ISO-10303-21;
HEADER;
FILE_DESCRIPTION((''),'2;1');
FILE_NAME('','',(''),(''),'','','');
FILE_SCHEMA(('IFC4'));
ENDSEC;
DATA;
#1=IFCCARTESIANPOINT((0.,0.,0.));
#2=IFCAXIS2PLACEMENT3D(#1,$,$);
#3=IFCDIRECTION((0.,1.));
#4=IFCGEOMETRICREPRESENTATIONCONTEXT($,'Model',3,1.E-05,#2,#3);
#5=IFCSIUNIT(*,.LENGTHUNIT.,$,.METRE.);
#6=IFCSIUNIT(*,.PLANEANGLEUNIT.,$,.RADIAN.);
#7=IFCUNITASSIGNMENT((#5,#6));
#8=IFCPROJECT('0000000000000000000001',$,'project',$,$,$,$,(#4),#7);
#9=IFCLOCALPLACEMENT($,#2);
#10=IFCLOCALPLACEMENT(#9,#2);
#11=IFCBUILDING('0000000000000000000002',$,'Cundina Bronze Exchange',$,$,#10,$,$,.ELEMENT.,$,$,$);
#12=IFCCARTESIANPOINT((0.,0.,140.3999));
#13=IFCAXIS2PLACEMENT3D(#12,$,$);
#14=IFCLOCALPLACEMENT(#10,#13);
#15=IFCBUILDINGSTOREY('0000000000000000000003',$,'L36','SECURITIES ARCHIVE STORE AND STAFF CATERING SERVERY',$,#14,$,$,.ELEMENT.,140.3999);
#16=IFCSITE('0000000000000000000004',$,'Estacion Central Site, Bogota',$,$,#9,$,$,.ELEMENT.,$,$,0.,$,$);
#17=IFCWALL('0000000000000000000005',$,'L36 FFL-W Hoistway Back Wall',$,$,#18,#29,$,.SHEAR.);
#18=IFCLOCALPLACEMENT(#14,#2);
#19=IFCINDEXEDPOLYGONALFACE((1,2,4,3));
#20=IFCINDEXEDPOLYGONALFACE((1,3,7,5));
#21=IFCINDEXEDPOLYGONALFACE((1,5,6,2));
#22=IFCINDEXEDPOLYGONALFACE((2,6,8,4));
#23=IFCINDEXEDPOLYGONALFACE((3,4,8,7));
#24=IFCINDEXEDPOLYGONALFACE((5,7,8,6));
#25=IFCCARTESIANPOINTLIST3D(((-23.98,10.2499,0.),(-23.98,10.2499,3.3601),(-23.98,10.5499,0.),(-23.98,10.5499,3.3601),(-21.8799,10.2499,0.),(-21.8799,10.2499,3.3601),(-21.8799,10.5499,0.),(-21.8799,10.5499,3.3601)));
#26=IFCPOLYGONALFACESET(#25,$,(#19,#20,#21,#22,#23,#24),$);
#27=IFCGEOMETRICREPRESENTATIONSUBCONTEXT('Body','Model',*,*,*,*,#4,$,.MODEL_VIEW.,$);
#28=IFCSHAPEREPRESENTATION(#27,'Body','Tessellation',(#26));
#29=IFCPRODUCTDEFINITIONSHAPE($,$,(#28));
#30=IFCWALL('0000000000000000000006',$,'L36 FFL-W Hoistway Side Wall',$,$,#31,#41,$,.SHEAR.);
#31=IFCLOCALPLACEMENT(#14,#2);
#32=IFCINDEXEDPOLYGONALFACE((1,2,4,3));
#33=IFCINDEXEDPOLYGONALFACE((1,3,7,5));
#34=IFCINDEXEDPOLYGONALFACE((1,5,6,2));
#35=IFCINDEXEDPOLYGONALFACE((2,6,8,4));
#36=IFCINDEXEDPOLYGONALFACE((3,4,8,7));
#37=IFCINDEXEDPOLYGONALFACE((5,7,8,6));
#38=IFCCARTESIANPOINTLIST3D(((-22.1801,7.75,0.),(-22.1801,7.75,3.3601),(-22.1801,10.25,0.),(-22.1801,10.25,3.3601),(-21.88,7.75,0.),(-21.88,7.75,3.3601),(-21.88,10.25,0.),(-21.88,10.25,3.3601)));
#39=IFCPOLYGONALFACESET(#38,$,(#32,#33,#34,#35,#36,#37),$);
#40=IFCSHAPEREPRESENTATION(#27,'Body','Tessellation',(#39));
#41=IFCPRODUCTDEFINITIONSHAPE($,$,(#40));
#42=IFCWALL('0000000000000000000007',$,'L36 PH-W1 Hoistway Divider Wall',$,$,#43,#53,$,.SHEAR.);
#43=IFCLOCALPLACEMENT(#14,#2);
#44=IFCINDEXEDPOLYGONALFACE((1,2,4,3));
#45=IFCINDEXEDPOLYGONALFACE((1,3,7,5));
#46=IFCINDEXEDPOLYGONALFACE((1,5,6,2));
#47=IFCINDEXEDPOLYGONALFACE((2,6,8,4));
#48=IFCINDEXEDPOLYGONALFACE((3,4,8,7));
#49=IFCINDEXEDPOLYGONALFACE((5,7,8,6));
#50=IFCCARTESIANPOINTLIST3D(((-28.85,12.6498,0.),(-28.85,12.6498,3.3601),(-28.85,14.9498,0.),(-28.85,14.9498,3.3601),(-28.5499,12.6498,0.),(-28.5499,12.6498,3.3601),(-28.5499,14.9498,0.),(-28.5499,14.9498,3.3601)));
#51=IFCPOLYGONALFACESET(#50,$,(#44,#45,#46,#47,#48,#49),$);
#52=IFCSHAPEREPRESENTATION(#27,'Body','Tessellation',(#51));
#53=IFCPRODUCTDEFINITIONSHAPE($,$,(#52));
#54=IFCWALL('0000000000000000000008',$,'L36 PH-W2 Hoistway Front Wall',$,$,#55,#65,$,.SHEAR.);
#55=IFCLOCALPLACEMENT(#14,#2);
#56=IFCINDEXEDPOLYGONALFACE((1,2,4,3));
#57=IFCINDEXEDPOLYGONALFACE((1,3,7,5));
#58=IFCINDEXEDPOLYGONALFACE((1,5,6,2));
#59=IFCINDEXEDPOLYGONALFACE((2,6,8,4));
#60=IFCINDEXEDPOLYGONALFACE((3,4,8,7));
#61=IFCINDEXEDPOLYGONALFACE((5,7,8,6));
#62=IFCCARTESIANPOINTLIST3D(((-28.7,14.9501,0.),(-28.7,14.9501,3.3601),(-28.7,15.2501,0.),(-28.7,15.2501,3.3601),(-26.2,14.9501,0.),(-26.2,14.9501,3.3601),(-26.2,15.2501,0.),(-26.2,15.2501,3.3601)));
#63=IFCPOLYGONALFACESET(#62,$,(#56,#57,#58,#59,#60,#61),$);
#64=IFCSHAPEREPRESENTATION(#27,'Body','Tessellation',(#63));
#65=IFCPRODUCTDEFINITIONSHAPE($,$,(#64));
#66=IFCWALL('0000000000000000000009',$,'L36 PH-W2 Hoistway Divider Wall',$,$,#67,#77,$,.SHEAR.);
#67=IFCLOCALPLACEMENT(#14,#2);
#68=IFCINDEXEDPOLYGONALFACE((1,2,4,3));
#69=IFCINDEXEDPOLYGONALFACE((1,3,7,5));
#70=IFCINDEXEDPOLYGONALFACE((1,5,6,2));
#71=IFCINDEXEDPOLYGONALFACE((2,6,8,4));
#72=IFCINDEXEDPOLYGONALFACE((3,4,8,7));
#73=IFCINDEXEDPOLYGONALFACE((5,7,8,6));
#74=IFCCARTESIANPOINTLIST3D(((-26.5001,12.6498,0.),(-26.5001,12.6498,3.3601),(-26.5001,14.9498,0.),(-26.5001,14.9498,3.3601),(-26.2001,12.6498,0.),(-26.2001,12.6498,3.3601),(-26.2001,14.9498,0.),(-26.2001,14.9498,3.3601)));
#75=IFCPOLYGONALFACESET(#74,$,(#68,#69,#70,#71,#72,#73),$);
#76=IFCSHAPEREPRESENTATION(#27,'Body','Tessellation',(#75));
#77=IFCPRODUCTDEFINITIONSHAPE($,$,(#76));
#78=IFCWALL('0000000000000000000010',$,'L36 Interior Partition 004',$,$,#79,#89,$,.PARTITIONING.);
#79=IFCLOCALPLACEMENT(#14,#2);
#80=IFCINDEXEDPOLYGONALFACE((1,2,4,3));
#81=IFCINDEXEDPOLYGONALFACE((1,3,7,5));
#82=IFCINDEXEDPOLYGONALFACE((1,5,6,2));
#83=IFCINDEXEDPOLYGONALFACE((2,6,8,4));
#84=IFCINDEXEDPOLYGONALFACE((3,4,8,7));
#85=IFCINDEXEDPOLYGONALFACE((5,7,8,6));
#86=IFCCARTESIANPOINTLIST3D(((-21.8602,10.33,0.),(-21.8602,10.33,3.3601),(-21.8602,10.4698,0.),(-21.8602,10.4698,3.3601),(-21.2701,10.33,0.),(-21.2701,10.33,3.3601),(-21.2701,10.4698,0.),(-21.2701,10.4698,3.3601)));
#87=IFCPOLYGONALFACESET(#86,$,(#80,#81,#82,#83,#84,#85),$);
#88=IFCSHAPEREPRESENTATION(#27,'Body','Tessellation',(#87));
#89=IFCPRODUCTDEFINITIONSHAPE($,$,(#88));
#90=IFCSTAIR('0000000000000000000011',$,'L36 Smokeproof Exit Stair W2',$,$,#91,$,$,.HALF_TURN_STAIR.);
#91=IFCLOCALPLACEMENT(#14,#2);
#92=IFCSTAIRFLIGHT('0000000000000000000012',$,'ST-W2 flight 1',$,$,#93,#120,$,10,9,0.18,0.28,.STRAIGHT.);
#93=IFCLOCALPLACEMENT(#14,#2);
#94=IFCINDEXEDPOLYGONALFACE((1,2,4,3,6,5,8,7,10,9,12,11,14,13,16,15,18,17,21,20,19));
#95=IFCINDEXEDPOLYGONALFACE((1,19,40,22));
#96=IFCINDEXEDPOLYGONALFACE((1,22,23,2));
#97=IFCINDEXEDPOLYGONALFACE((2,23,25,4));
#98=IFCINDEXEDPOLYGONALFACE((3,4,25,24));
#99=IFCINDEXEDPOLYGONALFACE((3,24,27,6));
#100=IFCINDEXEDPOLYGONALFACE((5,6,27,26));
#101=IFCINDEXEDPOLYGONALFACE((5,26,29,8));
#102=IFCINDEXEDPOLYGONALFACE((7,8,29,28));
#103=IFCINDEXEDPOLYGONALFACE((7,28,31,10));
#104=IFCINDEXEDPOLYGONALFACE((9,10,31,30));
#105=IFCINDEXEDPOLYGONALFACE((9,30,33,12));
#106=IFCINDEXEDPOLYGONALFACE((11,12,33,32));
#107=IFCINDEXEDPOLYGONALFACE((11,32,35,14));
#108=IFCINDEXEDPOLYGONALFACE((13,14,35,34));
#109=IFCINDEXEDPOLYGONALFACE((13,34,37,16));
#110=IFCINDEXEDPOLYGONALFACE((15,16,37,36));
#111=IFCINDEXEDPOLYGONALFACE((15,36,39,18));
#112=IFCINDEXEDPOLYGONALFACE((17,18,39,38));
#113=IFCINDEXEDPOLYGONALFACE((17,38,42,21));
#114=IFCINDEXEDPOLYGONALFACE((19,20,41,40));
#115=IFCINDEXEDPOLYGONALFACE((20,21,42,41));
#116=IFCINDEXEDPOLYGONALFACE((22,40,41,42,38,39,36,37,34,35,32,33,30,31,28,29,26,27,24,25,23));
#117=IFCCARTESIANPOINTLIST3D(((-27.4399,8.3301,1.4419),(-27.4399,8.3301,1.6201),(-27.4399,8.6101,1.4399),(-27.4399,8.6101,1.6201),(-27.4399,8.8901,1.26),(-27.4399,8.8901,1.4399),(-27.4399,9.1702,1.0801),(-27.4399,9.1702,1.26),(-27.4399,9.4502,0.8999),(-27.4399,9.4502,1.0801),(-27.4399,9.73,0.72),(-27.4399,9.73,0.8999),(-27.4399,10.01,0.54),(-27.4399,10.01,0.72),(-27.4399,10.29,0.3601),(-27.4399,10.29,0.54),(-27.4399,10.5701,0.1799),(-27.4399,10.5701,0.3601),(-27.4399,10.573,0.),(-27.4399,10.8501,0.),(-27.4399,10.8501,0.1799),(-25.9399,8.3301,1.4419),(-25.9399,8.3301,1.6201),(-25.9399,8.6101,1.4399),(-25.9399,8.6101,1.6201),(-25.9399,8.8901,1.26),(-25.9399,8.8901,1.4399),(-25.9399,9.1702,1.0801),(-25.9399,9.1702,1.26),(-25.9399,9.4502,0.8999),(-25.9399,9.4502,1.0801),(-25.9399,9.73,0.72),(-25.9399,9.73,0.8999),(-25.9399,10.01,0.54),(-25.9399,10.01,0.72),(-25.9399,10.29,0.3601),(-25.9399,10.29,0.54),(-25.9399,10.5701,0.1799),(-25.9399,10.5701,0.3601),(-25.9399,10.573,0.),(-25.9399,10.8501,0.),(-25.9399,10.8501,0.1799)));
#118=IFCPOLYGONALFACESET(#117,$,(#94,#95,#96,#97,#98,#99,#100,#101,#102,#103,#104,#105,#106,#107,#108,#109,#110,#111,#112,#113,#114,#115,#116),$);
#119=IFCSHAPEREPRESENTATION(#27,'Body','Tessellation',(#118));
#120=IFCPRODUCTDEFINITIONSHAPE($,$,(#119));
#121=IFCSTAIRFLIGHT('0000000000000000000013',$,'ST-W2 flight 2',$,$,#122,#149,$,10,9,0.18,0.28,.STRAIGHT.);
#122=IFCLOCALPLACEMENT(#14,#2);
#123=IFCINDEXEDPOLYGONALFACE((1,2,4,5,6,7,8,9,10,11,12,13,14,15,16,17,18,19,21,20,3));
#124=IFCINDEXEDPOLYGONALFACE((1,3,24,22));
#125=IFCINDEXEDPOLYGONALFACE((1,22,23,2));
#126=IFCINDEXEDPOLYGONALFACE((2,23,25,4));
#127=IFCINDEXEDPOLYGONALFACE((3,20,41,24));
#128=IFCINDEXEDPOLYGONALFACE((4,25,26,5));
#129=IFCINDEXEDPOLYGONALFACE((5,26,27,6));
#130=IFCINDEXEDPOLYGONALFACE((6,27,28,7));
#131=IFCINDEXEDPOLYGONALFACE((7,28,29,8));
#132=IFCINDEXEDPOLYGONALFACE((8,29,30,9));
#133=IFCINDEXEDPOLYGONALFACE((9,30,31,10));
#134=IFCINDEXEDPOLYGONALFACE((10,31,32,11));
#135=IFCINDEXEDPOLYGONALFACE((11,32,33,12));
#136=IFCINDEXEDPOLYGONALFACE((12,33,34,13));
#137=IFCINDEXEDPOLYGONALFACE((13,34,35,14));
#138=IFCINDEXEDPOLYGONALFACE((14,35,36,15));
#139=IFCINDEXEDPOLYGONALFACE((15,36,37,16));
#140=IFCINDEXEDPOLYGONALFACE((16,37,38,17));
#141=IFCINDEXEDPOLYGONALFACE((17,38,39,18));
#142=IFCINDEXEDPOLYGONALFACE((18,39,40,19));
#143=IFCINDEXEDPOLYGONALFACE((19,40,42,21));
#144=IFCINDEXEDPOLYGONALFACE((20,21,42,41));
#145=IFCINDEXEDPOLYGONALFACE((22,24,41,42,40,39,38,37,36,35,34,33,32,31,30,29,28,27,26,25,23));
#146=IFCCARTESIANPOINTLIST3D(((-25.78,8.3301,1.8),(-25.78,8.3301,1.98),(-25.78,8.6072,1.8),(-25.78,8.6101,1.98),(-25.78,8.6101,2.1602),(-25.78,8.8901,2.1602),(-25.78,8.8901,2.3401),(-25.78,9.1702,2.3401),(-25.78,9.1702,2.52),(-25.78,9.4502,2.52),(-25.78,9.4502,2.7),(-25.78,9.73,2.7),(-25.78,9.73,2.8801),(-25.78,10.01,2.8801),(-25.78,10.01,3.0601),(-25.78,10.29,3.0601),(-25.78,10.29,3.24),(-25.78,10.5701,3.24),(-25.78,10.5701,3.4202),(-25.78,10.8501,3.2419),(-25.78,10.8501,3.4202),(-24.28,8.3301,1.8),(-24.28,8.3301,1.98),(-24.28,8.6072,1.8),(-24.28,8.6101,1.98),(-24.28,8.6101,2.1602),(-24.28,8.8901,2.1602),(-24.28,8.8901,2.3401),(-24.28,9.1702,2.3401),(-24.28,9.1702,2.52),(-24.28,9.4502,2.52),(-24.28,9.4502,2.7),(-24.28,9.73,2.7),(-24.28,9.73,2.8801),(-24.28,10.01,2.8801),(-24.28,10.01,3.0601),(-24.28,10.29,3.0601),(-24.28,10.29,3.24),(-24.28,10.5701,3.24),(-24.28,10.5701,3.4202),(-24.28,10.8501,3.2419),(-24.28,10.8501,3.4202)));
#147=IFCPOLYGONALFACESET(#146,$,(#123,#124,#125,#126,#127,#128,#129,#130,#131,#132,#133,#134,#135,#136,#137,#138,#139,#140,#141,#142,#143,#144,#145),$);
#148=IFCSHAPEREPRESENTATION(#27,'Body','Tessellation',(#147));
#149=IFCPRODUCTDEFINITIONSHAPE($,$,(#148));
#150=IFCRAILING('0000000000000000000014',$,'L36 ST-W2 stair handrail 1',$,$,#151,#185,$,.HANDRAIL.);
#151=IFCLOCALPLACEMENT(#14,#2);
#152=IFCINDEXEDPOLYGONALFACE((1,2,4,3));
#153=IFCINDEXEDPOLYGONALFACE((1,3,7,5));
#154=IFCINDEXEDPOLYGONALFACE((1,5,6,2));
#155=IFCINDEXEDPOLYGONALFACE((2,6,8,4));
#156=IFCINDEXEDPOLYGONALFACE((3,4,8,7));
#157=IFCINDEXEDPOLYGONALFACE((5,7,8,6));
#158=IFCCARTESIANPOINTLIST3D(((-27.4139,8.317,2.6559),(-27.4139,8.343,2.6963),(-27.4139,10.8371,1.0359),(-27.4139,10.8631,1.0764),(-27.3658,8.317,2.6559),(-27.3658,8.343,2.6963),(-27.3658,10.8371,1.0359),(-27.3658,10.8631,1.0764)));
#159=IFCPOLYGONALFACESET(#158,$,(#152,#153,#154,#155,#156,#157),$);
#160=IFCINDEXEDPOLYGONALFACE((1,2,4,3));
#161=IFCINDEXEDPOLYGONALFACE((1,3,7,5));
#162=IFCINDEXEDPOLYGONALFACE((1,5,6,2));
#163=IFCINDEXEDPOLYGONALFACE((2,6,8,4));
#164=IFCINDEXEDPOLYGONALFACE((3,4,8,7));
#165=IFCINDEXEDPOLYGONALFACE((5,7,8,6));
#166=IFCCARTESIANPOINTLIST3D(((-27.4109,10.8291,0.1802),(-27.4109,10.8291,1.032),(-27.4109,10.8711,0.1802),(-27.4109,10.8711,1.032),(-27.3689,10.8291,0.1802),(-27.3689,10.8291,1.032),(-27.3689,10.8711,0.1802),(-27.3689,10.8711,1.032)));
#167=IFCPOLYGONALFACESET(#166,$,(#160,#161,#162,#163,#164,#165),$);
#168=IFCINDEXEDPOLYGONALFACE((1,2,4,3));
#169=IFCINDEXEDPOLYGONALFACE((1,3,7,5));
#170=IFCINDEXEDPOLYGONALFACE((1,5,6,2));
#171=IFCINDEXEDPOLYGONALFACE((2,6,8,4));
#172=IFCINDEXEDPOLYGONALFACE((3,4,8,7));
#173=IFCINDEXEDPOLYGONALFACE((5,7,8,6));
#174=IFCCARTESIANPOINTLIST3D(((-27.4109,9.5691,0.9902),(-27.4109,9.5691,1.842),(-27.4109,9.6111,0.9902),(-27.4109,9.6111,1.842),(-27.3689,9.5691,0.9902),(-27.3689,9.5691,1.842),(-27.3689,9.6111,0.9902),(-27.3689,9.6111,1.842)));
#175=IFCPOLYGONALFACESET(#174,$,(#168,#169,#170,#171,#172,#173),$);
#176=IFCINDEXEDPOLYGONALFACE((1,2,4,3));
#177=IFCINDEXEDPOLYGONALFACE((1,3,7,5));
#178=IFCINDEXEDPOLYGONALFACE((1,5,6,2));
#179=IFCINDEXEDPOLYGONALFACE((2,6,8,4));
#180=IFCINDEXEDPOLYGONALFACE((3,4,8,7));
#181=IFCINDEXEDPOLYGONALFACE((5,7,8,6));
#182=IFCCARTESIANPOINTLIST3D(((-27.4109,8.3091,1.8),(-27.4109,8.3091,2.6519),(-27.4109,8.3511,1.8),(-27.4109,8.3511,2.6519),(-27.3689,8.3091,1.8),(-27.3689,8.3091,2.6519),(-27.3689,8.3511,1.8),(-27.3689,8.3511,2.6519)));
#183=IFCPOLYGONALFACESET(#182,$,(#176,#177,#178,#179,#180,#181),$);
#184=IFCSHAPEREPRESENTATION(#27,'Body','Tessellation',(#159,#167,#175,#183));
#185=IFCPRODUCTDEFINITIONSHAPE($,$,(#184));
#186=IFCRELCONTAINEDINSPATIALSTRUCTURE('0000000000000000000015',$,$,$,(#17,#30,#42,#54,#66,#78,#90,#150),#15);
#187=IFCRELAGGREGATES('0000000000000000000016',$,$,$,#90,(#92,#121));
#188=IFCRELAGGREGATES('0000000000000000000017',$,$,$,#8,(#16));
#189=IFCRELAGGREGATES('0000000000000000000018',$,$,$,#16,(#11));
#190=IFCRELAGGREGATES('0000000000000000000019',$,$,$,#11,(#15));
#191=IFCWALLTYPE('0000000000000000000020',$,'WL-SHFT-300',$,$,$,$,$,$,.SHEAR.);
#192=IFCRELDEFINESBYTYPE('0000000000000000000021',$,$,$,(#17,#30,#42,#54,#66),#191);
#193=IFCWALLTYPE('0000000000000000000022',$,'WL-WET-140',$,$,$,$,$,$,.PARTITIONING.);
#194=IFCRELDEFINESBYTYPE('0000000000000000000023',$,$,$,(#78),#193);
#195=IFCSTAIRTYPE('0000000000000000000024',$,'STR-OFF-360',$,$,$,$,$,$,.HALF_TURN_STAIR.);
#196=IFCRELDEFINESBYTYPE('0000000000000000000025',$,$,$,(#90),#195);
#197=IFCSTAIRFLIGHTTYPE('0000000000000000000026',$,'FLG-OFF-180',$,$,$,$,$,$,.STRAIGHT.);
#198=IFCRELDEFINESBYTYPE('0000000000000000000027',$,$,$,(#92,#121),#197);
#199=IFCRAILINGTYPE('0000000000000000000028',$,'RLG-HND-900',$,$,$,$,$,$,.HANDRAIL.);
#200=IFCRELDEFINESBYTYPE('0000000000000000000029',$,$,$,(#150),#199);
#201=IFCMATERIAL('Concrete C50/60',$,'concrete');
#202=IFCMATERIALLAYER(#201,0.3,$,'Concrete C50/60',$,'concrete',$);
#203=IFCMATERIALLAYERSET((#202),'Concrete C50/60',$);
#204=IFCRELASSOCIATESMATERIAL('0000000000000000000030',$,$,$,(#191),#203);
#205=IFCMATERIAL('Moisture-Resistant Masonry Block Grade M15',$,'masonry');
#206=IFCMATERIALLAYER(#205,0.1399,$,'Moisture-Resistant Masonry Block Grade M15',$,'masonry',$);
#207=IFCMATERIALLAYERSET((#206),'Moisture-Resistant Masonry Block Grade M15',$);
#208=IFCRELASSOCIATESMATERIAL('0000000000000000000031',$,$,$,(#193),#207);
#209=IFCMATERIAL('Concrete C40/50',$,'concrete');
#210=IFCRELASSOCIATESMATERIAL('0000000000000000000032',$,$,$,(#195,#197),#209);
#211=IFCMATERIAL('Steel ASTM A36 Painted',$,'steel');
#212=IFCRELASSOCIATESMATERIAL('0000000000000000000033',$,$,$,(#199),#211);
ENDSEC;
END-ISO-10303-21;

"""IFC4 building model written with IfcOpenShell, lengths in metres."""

from ifc_helpers import new_model, si_unit, direction, frame, frame_2d, origin, origin_2d, place, context, subcontext, project, spatial, polyline, rectangle, outline, extrude, material, layer, layer_set, type_object, element, aggregate, save


model = new_model("IFC4")

# Units and contexts
model_context = context("Model", 3, precision=1e-05, world=origin(), true_north=direction((0.0, 1.0)))
body_context = subcontext(model_context, "Body", "Model", "MODEL_VIEW")
ifc_project = project(units=[si_unit("LENGTHUNIT", "METRE"), si_unit("PLANEANGLEUNIT", "RADIAN")], contexts=[model_context])

# Site, building, storey
site_placement = place(None, origin())
site = spatial("IfcSite", under=ifc_project, at=site_placement, Name="Estacion Central Site, Bogota", CompositionType="ELEMENT", RefElevation=0.0)
building_placement = place(site_placement, origin())
building = spatial("IfcBuilding", under=site, at=building_placement, Name="Cundina Bronze Exchange", CompositionType="ELEMENT")
storey_placement = place(building_placement, frame((0.0, 0.0, 140.3999)))
storey = spatial("IfcBuildingStorey", under=building, at=storey_placement, Name="L36", Description="SECURITIES ARCHIVE STORE AND STAFF CATERING SERVERY", CompositionType="ELEMENT", Elevation=140.3999)

# Shared definitions
ifc_material_1 = material(Name="Concrete C50/60", Category="concrete")

# Shared definitions
ifc_layer_1 = layer(ifc_material_1, 0.3, Name="Concrete C50/60", Category="concrete")
ifc_layer_set_1 = layer_set([ifc_layer_1], Name="Concrete C50/60")
wall_type_1 = type_object("IfcWallType", Name="WL-SHFT-300", PredefinedType="SHEAR", material=ifc_layer_set_1)
ifc_material_2 = material(Name="Steel ASTM A36 Painted", Category="steel")

# Walls
wall_1_placement = place(storey_placement, frame((-23.98, 10.3999, 0.0), z_axis=(0.0, 0.0, 1.0), x_axis=(1.0, 0.0, 0.0)))
element("IfcWall", 1, at=wall_1_placement, inside=storey, type_object=wall_type_1, Name="L36 FFL-W Hoistway Back Wall", PredefinedType="SHEAR", context=body_context, shape_type="SweptSolid", body=[
    extrude(rectangle(XDim=2.1001, YDim=0.3, at=frame_2d((1.05, 0.0))), origin(), (0.0, 0.0, 1.0), 3.3601),
])
wall_2_placement = place(storey_placement, frame((-22.03, 7.75, 0.0), z_axis=(0.0, 0.0, 1.0), x_axis=(0.0, 1.0, 0.0)))
element("IfcWall", 2, at=wall_2_placement, inside=storey, type_object=wall_type_1, Name="L36 FFL-W Hoistway Side Wall", PredefinedType="SHEAR", context=body_context, shape_type="SweptSolid", body=[
    extrude(rectangle(XDim=2.5, YDim=0.3, at=frame_2d((1.25, 0.0))), origin(), (0.0, 0.0, 1.0), 3.3601),
])
wall_3_placement = place(storey_placement, frame((-28.7, 12.6499, 0.0), z_axis=(0.0, 0.0, 1.0), x_axis=(0.0, 1.0, 0.0)))
element("IfcWall", 3, at=wall_3_placement, inside=storey, type_object=wall_type_1, Name="L36 PH-W1 Hoistway Divider Wall", PredefinedType="SHEAR", context=body_context, shape_type="SweptSolid", body=[
    extrude(rectangle(XDim=2.3, YDim=0.3, at=frame_2d((1.1499, 0.0))), origin(), (0.0, 0.0, 1.0), 3.3601),
])
wall_4_placement = place(storey_placement, frame((-28.7, 15.1001, 0.0), z_axis=(0.0, 0.0, 1.0), x_axis=(1.0, 0.0, 0.0)))
element("IfcWall", 4, at=wall_4_placement, inside=storey, type_object=wall_type_1, Name="L36 PH-W2 Hoistway Front Wall", PredefinedType="SHEAR", context=body_context, shape_type="SweptSolid", body=[
    extrude(rectangle(XDim=2.5, YDim=0.3, at=frame_2d((1.25, 0.0))), origin(), (0.0, 0.0, 1.0), 3.3601),
])
wall_5_placement = place(storey_placement, frame((-26.3501, 12.6499, 0.0), z_axis=(0.0, 0.0, 1.0), x_axis=(0.0, 1.0, 0.0)))
element("IfcWall", 5, at=wall_5_placement, inside=storey, type_object=wall_type_1, Name="L36 PH-W2 Hoistway Divider Wall", PredefinedType="SHEAR", context=body_context, shape_type="SweptSolid", body=[
    extrude(rectangle(XDim=2.3, YDim=0.3, at=frame_2d((1.1499, 0.0))), origin(), (0.0, 0.0, 1.0), 3.3601),
])
ifc_material_3 = material(Name="Moisture-Resistant Masonry Block Grade M15", Category="masonry")
ifc_layer_2 = layer(ifc_material_3, 0.1399, Name="Moisture-Resistant Masonry Block Grade M15", Category="masonry")
ifc_layer_set_2 = layer_set([ifc_layer_2], Name="Moisture-Resistant Masonry Block Grade M15")
wall_type_2 = type_object("IfcWallType", Name="WL-WET-140", PredefinedType="PARTITIONING", material=ifc_layer_set_2)
wall_6_placement = place(storey_placement, frame((-21.8601, 10.3999, 0.0), z_axis=(0.0, 0.0, 1.0), x_axis=(1.0, 0.0, 0.0)))
element("IfcWall", 6, at=wall_6_placement, inside=storey, type_object=wall_type_2, Name="L36 Interior Partition 004", PredefinedType="PARTITIONING", context=body_context, shape_type="SweptSolid", body=[
    extrude(rectangle(XDim=0.5901, YDim=0.1399, at=frame_2d((0.2949, 0.0))), origin(), (0.0, 0.0, 1.0), 3.3601),
])

# Stair, stair flights
ifc_material_4 = material(Name="Concrete C40/50", Category="concrete")
stair_type = type_object("IfcStairType", Name="STR-OFF-360", PredefinedType="HALF_TURN_STAIR", material=ifc_material_4)
stair_placement = place(storey_placement, origin())
stair = element("IfcStair", 7, at=stair_placement, inside=storey, type_object=stair_type, Name="L36 Smokeproof Exit Stair W2", PredefinedType="HALF_TURN_STAIR")
stair_flight_type = type_object("IfcStairFlightType", Name="FLG-OFF-180", PredefinedType="STRAIGHT", material=ifc_material_4)
stair_flight_1_placement = place(storey_placement, frame((-26.6899, 10.8501, 0.0), z_axis=(0.0, 0.0, 1.0), x_axis=(0.0, -1.0, 0.0)))
stair_flight_1 = element("IfcStairFlight", 8, at=stair_flight_1_placement, type_object=stair_flight_type, Name="ST-W2 flight 1", NumberOfRisers=10, NumberOfTreads=9, PredefinedType="STRAIGHT", RiserHeight=0.18, TreadLength=0.28, context=body_context, shape_type="SweptSolid", body=[
    extrude(outline(polyline([(0.0, 0.0), (0.0, 0.1799), (0.28, 0.1799), (0.28, 0.3601), (0.5601, 0.3601), (0.5601, 0.54), (0.8401, 0.54), (0.8401, 0.72), (1.1201, 0.72), (1.1201, 0.8999), (1.3999, 0.8999), (1.3999, 1.0801), (1.6799, 1.0801), (1.6799, 1.26), (1.96, 1.26), (1.96, 1.4399), (2.24, 1.4399), (2.24, 1.6201), (2.52, 1.6201), (2.52, 1.8), (2.52, 1.4419), (0.2771, 0.0), (0.0, 0.0)])), frame((0.0, 0.75, 0.0), z_axis=(0.0, -1.0, 0.0), x_axis=(1.0, 0.0, 0.0)), (0.0, 0.0, 1.0), 1.5),
])
stair_flight_2_placement = place(storey_placement, frame((-25.03, 8.3301, 1.8), z_axis=(0.0, 0.0, 1.0), x_axis=(0.0, 1.0, 0.0)))
stair_flight_2 = element("IfcStairFlight", 9, at=stair_flight_2_placement, type_object=stair_flight_type, Name="ST-W2 flight 2", NumberOfRisers=10, NumberOfTreads=9, PredefinedType="STRAIGHT", RiserHeight=0.18, TreadLength=0.28, context=body_context, shape_type="SweptSolid", body=[
    extrude(outline(polyline([(0.0, 0.0), (0.0, 0.1799), (0.28, 0.1799), (0.28, 0.3601), (0.5601, 0.3601), (0.5601, 0.54), (0.8401, 0.54), (0.8401, 0.72), (1.1201, 0.72), (1.1201, 0.8999), (1.3999, 0.8999), (1.3999, 1.0801), (1.6799, 1.0801), (1.6799, 1.26), (1.96, 1.26), (1.96, 1.4399), (2.24, 1.4399), (2.24, 1.6201), (2.52, 1.6201), (2.52, 1.8), (2.52, 1.4419), (0.2771, 0.0), (0.0, 0.0)])), frame((0.0, 0.75, 0.0), z_axis=(0.0, -1.0, 0.0), x_axis=(1.0, 0.0, 0.0)), (0.0, 0.0, 1.0), 1.5),
])
aggregate(stair, [stair_flight_1, stair_flight_2])

# Railing
railing_type_1 = type_object("IfcRailingType", Name="RLG-HND-900", PredefinedType="HANDRAIL", material=ifc_material_2)
railing_1_placement = place(storey_placement, frame((-27.3899, 10.8501, 0.1802)))
element("IfcRailing", 10, at=railing_1_placement, inside=storey, type_object=railing_type_1, Name="L36 ST-W2 stair handrail 1", PredefinedType="HANDRAIL", context=body_context, shape_type="SweptSolid", body=[
    extrude(rectangle(XDim=0.0481, YDim=0.0481, at=origin_2d()), frame((0.0, 0.0, 0.876), z_axis=(0.0, -0.8412, 0.540725), x_axis=(1.0, 0.0, 0.0)), (0.0, 0.0, 1.0), 2.9958),
    extrude(rectangle(XDim=0.042, YDim=0.042, at=origin_2d()), origin(), (0.0, 0.0, 1.0), 0.8518),
    extrude(rectangle(XDim=0.042, YDim=0.042, at=origin_2d()), frame((0.0, -1.26, 0.8101)), (0.0, 0.0, 1.0), 0.8518),
    extrude(rectangle(XDim=0.042, YDim=0.042, at=origin_2d()), frame((0.0, -2.52, 1.6199)), (0.0, 0.0, 1.0), 0.8518),
])

save(model, "model.ifc")
